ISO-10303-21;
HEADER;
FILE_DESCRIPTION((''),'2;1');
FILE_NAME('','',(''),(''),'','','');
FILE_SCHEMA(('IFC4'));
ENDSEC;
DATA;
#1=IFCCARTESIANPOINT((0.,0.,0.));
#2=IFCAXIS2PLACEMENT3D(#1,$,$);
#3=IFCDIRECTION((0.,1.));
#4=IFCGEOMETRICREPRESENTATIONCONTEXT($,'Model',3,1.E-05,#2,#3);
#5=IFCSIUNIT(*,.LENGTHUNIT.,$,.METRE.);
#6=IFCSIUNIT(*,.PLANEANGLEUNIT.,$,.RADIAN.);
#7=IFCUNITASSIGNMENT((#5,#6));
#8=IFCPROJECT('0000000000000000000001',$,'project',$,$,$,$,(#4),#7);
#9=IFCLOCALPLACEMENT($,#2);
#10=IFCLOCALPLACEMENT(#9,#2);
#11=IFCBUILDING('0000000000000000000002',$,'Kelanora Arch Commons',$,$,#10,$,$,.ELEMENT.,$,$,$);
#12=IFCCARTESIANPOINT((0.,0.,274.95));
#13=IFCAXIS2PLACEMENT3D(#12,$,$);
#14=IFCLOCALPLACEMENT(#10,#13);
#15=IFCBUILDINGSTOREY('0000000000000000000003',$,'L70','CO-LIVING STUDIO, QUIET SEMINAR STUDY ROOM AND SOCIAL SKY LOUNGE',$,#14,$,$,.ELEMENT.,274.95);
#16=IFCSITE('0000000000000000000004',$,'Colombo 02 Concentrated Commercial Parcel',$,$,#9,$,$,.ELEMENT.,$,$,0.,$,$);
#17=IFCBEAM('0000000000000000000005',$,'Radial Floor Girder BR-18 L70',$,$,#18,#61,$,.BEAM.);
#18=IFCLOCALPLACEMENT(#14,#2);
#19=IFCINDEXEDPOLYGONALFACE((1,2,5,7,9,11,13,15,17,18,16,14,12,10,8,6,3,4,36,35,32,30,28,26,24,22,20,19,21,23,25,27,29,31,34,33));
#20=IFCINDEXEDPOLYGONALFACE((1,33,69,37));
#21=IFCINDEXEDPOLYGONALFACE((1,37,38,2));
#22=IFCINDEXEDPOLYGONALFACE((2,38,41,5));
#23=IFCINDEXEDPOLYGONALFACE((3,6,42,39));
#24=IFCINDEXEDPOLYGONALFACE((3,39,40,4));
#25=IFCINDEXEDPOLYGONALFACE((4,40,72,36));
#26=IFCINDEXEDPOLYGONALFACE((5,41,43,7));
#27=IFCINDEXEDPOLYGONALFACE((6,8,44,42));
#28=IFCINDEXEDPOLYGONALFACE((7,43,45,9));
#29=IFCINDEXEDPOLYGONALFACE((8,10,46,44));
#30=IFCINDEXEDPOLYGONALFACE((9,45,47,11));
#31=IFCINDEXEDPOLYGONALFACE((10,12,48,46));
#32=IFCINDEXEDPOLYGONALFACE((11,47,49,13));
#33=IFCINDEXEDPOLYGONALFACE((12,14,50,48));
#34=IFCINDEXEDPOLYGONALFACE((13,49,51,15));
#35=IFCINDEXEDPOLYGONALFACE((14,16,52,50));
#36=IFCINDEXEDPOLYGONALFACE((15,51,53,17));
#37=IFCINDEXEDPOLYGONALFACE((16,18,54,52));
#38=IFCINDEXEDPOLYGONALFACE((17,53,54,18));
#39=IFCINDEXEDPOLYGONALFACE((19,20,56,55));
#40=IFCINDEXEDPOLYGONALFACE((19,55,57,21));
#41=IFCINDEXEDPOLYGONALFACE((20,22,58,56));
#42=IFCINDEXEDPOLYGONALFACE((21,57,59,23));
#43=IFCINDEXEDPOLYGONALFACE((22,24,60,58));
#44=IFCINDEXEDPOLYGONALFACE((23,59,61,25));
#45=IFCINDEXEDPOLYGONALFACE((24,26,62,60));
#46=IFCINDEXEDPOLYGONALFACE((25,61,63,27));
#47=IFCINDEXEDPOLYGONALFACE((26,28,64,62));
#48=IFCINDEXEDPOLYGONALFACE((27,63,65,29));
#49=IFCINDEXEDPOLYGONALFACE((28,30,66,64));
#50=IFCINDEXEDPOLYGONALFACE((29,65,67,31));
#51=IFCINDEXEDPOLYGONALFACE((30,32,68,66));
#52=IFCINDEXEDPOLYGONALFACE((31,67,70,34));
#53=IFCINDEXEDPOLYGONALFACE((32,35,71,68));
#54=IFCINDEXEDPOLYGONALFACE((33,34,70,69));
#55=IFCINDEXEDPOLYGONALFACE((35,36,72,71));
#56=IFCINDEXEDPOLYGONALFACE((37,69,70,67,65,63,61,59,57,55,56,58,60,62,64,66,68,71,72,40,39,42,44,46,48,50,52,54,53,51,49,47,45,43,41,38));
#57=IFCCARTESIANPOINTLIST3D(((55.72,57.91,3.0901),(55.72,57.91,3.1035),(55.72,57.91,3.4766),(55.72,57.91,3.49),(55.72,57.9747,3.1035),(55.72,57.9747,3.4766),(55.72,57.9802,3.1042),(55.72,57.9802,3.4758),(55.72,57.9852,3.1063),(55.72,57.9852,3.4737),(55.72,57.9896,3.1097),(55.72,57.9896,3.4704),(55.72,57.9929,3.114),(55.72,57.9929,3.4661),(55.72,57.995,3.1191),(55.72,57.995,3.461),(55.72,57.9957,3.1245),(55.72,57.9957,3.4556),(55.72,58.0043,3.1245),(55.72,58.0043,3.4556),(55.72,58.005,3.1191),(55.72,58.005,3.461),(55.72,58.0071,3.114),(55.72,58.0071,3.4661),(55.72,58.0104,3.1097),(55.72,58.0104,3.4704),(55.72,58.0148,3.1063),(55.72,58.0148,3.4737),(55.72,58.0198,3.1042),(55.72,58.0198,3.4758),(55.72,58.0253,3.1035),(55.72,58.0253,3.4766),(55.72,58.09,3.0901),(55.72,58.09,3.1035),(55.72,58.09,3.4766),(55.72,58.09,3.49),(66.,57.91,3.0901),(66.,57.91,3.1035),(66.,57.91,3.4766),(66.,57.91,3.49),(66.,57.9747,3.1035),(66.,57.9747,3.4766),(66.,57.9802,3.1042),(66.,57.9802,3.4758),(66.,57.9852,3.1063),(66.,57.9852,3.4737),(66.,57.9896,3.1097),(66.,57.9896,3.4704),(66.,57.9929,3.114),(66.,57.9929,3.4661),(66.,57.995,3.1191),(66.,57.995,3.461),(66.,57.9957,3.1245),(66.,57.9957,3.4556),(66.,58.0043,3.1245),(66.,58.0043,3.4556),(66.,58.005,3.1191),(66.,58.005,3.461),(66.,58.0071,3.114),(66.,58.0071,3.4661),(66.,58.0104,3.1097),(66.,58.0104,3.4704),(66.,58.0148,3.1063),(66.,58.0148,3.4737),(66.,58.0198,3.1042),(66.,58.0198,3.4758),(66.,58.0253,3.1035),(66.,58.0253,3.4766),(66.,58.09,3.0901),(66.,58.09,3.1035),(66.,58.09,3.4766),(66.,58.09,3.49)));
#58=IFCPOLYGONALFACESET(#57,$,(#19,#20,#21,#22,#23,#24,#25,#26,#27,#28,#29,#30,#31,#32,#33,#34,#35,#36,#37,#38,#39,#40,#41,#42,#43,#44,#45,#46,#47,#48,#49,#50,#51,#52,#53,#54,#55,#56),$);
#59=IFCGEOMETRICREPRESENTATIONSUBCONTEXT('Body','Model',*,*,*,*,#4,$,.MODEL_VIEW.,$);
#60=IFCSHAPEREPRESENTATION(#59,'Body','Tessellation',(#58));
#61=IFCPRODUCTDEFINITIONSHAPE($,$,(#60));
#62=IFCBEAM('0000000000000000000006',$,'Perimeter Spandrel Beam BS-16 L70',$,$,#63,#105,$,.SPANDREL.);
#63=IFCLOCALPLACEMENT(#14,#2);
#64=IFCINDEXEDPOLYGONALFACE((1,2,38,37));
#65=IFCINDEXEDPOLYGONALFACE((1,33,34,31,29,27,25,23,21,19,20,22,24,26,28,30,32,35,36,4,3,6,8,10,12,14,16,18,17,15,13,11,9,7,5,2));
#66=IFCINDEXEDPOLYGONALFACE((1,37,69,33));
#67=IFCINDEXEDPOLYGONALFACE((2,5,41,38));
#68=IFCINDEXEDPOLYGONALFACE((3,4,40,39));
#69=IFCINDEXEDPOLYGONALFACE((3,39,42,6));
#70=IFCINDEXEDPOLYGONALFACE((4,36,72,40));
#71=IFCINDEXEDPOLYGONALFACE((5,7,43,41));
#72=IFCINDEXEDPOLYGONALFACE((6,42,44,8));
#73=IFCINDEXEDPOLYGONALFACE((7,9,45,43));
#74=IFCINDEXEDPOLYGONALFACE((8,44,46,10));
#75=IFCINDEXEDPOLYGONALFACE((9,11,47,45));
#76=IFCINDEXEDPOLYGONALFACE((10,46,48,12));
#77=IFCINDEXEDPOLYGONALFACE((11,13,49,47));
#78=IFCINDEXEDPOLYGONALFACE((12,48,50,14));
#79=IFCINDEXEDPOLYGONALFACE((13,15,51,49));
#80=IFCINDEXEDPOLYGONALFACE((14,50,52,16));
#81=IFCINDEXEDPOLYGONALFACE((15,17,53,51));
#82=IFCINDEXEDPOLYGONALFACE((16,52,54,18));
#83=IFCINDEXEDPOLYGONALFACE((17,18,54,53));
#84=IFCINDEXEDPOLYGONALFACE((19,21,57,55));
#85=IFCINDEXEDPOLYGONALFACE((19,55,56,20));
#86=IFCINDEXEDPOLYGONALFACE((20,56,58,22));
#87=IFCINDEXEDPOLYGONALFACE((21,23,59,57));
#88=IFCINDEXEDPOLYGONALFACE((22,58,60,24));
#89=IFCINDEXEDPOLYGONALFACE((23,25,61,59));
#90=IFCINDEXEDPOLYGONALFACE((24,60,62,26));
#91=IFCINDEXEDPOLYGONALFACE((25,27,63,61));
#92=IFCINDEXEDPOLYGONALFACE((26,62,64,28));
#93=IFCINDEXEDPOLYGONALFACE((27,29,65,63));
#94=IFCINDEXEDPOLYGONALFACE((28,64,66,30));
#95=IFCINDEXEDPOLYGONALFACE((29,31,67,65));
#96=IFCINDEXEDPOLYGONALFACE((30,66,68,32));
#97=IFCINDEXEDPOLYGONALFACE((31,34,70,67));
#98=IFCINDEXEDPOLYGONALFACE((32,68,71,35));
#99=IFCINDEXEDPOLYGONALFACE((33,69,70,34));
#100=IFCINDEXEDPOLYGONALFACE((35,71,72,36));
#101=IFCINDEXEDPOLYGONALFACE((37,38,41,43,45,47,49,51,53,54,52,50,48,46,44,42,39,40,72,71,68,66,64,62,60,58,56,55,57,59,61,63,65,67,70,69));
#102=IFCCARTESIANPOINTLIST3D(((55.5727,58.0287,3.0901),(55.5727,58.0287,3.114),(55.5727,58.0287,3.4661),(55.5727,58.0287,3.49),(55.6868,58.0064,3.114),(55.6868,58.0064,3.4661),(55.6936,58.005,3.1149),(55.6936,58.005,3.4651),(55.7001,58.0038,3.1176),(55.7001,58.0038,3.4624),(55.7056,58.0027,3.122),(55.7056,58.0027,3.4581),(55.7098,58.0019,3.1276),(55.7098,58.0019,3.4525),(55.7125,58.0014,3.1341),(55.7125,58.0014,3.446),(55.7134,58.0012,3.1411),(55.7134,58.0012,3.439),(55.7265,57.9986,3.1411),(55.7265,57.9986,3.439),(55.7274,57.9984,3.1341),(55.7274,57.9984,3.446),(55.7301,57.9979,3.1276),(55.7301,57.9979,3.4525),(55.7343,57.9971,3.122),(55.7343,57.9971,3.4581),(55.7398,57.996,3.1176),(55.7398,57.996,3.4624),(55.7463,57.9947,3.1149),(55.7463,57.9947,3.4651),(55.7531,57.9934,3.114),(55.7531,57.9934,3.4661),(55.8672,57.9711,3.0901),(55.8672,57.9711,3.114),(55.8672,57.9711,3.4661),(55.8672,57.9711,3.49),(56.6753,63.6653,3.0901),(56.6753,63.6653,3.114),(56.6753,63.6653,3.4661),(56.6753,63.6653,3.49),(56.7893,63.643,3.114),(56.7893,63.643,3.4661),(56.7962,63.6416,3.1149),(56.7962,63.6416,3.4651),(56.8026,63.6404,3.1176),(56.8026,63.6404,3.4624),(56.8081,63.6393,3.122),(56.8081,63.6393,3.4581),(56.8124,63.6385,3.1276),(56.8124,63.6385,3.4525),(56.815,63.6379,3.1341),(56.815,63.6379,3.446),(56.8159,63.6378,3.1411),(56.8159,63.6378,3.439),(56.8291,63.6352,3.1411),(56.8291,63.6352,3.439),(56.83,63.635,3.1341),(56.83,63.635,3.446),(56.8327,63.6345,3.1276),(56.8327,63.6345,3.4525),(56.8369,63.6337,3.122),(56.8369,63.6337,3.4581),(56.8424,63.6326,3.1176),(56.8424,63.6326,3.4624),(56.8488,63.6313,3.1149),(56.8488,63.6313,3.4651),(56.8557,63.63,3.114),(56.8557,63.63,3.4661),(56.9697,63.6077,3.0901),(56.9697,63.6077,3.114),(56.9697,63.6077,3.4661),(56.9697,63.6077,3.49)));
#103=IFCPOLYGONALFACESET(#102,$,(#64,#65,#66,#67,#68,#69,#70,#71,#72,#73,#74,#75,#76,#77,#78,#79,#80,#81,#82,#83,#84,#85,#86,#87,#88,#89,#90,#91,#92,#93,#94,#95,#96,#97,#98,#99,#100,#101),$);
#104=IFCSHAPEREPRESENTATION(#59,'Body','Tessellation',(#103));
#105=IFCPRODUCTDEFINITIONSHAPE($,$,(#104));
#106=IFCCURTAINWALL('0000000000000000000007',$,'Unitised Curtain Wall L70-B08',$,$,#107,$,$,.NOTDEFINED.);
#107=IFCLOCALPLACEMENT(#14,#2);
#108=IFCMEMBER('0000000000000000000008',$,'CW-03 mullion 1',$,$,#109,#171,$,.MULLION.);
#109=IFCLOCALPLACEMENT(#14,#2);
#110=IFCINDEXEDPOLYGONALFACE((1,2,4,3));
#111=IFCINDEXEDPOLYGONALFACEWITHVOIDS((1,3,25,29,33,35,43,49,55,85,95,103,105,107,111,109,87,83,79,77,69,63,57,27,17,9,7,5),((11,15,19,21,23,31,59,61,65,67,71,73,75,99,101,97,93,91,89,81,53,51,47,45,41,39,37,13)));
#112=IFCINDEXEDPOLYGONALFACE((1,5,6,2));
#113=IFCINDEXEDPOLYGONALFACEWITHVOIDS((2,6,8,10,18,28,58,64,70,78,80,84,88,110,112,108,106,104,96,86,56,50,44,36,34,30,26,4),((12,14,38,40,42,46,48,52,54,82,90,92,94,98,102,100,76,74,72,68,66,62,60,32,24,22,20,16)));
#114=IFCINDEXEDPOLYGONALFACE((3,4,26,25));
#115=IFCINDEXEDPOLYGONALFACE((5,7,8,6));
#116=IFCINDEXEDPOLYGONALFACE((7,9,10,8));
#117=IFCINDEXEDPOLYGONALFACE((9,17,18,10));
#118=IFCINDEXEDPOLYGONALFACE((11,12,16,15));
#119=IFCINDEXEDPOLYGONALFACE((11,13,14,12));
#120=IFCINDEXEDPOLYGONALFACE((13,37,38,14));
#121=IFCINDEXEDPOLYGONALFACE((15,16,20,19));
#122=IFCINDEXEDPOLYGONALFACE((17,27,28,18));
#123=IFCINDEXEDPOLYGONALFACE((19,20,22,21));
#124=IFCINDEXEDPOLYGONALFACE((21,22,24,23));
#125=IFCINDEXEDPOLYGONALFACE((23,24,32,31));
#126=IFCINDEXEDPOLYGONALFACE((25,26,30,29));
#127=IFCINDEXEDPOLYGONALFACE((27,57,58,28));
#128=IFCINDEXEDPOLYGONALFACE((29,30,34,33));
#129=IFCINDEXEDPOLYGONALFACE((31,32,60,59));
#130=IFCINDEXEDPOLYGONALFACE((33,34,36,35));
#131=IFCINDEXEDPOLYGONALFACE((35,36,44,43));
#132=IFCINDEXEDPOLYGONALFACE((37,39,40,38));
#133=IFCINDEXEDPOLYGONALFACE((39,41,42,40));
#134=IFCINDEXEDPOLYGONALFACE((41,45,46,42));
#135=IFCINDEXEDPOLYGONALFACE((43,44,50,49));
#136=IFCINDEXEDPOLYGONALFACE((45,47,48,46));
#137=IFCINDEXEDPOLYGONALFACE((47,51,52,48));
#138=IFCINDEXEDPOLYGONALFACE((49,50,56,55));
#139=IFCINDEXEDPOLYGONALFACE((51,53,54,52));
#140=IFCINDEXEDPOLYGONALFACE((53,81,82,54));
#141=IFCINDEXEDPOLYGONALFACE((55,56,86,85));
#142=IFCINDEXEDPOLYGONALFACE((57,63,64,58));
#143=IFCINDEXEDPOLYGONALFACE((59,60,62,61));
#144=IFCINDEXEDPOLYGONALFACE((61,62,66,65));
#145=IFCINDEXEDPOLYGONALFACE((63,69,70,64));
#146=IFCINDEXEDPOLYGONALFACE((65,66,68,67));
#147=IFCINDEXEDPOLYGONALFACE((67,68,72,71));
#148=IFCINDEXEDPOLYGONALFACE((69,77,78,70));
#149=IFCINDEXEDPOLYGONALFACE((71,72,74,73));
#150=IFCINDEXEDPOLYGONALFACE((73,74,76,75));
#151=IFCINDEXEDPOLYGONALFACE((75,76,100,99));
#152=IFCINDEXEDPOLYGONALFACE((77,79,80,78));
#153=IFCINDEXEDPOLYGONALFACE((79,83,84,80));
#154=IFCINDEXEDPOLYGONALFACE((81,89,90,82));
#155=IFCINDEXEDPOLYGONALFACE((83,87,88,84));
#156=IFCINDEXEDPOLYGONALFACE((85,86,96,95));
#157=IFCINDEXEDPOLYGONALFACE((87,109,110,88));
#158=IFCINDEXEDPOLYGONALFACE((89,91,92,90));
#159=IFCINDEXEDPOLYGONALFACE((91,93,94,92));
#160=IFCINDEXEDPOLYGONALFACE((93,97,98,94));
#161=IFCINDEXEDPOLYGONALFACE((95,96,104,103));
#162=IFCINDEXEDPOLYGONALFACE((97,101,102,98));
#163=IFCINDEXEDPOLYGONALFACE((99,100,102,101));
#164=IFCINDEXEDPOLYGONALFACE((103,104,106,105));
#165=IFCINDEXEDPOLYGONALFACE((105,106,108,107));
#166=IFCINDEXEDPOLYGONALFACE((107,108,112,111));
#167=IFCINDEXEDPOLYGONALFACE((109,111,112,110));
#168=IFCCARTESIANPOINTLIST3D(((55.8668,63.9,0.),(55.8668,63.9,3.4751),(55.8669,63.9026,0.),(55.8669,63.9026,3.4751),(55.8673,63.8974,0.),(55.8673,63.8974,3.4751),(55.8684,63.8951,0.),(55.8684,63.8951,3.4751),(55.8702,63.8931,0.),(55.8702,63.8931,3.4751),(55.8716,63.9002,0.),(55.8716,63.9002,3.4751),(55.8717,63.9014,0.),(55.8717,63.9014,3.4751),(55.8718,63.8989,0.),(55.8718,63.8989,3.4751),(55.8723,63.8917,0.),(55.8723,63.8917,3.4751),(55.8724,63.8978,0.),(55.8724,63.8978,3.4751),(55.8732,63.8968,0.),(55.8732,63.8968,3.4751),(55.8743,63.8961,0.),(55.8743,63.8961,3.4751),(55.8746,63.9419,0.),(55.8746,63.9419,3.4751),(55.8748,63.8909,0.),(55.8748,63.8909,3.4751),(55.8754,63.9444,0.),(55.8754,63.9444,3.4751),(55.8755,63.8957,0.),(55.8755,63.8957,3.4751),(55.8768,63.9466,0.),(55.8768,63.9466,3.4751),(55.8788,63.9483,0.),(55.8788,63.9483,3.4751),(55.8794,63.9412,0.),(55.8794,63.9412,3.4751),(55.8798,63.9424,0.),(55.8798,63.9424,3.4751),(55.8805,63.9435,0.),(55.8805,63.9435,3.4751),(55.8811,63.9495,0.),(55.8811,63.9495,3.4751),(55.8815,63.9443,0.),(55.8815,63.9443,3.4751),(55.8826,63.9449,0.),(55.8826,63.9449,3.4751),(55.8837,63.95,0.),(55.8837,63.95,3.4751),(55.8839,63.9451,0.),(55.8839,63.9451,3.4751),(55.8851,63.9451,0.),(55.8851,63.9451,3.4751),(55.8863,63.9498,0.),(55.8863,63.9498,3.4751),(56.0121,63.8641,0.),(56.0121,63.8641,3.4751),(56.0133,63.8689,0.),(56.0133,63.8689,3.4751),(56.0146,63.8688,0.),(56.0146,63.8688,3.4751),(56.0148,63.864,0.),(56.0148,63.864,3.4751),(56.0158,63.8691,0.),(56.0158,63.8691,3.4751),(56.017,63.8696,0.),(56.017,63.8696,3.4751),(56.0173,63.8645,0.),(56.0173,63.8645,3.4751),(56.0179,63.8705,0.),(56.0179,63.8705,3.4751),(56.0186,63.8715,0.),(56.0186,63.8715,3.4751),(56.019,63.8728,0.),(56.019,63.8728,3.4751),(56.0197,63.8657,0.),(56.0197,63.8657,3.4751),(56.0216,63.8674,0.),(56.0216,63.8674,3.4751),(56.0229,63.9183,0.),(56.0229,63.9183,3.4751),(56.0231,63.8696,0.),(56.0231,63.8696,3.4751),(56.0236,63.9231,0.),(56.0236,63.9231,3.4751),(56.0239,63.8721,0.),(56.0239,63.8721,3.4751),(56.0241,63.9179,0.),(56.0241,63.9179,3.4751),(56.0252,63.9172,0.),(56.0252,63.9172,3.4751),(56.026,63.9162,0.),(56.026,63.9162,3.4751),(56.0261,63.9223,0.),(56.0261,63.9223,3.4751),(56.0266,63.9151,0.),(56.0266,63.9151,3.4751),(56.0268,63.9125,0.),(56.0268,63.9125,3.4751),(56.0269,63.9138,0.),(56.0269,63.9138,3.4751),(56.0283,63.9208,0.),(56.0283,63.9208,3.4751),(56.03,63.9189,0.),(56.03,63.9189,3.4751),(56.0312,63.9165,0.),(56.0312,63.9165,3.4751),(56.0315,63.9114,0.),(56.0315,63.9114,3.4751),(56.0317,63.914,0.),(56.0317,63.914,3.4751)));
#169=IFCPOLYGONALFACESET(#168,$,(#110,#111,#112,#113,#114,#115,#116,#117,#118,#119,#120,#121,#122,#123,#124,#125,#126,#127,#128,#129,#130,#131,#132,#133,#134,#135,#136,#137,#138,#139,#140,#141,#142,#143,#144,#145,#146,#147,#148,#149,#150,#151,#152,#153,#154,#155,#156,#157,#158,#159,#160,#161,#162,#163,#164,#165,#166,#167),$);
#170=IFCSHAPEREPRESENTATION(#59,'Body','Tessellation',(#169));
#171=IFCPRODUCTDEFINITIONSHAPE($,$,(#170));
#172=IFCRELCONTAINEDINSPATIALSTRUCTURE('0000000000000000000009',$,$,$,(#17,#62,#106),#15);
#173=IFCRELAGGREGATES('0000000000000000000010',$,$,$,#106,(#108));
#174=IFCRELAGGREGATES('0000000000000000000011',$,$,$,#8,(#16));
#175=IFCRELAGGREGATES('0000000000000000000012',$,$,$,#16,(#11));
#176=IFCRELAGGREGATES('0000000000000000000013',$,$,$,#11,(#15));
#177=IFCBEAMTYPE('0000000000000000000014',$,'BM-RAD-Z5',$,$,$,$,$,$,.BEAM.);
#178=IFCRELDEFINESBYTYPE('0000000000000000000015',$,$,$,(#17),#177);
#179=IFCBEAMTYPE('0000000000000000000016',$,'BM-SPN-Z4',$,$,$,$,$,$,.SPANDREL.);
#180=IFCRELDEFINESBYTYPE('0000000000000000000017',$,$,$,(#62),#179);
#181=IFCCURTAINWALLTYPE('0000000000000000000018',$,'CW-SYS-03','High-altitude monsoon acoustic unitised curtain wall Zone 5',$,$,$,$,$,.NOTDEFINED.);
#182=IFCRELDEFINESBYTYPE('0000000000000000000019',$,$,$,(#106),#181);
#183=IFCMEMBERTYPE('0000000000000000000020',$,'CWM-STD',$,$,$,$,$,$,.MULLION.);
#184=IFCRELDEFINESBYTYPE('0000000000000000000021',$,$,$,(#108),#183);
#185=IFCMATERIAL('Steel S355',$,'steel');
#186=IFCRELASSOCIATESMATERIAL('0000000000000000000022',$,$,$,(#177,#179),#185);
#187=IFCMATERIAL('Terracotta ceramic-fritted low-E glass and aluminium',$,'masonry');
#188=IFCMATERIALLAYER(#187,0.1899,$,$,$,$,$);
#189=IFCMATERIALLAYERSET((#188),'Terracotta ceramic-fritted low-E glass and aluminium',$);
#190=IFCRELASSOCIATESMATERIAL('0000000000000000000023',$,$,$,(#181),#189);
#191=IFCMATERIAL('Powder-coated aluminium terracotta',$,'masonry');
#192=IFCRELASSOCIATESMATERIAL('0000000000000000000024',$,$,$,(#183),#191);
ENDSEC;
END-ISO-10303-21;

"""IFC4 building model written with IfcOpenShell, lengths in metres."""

from ifc_helpers import new_model, si_unit, direction, frame, origin, origin_2d, place, context, subcontext, project, spatial, hollow_rectangle, i_section, extrude, material, layer, layer_set, material_profile, profile_set, type_object, element, aggregate, save


model = new_model("IFC4")

# Units and contexts
model_context = context("Model", 3, precision=1e-05, world=origin(), true_north=direction((0.0, 1.0)))
body_context = subcontext(model_context, "Body", "Model", "MODEL_VIEW")
ifc_project = project(units=[si_unit("LENGTHUNIT", "METRE"), si_unit("PLANEANGLEUNIT", "RADIAN")], contexts=[model_context])

# Site, building, storey
site_placement = place(None, origin())
site = spatial("IfcSite", under=ifc_project, at=site_placement, Name="Colombo 02 Concentrated Commercial Parcel", CompositionType="ELEMENT", RefElevation=0.0)
building_placement = place(site_placement, origin())
building = spatial("IfcBuilding", under=site, at=building_placement, Name="Kelanora Arch Commons", CompositionType="ELEMENT")
storey_placement = place(building_placement, frame((0.0, 0.0, 274.95)))
storey = spatial("IfcBuildingStorey", under=building, at=storey_placement, Name="L70", Description="CO-LIVING STUDIO, QUIET SEMINAR STUDY ROOM AND SOCIAL SKY LOUNGE", CompositionType="ELEMENT", Elevation=274.95)

# Beams
ifc_material_1 = material(Name="Steel S355", Category="steel")
ifc_material_profile_1 = material_profile(ifc_material_1, i_section(OverallWidth=0.1799, OverallDepth=0.3999, WebThickness=0.0085, FlangeThickness=0.0134, FilletRadius=0.021, at=origin_2d()), Name="IPE400")
ifc_profile_set_1 = profile_set([ifc_material_profile_1], Name="Steel S355")
beam_type_1 = type_object("IfcBeamType", Name="BM-RAD-Z5", PredefinedType="BEAM", material=ifc_profile_set_1)
beam_1_placement = place(storey_placement, frame((66.0, 58.0, 3.29), z_axis=(-1.0, 0.0, 0.0), x_axis=(0.0, -1.0, 0.0)))
element("IfcBeam", 1, at=beam_1_placement, inside=storey, type_object=beam_type_1, Name="Radial Floor Girder BR-18 L70", PredefinedType="BEAM", context=body_context, shape_type="SweptSolid", body=[
    extrude(i_section(OverallWidth=0.1799, OverallDepth=0.3999, WebThickness=0.0085, FlangeThickness=0.0134, FilletRadius=0.021, at=origin_2d()), origin(), (0.0, 0.0, 1.0), 10.28),
])
ifc_material_profile_2 = material_profile(ifc_material_1, i_section(OverallWidth=0.3, OverallDepth=0.3999, WebThickness=0.0134, FlangeThickness=0.0239, FilletRadius=0.0271, at=origin_2d()), Name="HEB400")
ifc_profile_set_2 = profile_set([ifc_material_profile_2], Name="Steel S355")
beam_type_2 = type_object("IfcBeamType", Name="BM-SPN-Z4", PredefinedType="SPANDREL", material=ifc_profile_set_2)
beam_2_placement = place(storey_placement, frame((56.8225, 63.6365, 3.29), z_axis=(-0.19197, -0.981401, 0.0), x_axis=(0.981401, -0.19197, 0.0)))
element("IfcBeam", 2, at=beam_2_placement, inside=storey, type_object=beam_type_2, Name="Perimeter Spandrel Beam BS-16 L70", PredefinedType="SPANDREL", context=body_context, shape_type="SweptSolid", body=[
    extrude(i_section(OverallWidth=0.3, OverallDepth=0.3999, WebThickness=0.0134, FlangeThickness=0.0239, FilletRadius=0.0271, at=origin_2d()), origin(), (0.0, 0.0, 1.0), 5.7434),
])

# Curtain wall, member
ifc_material_2 = material(Name="Terracotta ceramic-fritted low-E glass and aluminium", Category="masonry")
ifc_layer_1 = layer(ifc_material_2, 0.1899)
ifc_layer_set_1 = layer_set([ifc_layer_1], Name="Terracotta ceramic-fritted low-E glass and aluminium")
curtain_wall_type = type_object("IfcCurtainWallType", Name="CW-SYS-03", Description="High-altitude monsoon acoustic unitised curtain wall Zone 5", PredefinedType="NOTDEFINED", material=ifc_layer_set_1)
curtain_wall_placement = place(storey_placement, origin())
curtain_wall = element("IfcCurtainWall", 3, at=curtain_wall_placement, inside=storey, type_object=curtain_wall_type, Name="Unitised Curtain Wall L70-B08", PredefinedType="NOTDEFINED")
ifc_material_3 = material(Name="Powder-coated aluminium terracotta", Category="masonry")
ifc_material_profile_3 = material_profile(ifc_material_3, hollow_rectangle(XDim=0.1599, YDim=0.0601, WallThickness=0.0049, InnerFilletRadius=0.0049, OuterFilletRadius=0.01, at=origin_2d()), Name="CWM160x60")
ifc_profile_set_3 = profile_set([ifc_material_profile_3], Name="Powder-coated aluminium terracotta")
member_type_1 = type_object("IfcMemberType", Name="CWM-STD", PredefinedType="MULLION", material=ifc_profile_set_3)
member_1_placement = place(storey_placement, frame((55.9492, 63.907, 0.0), z_axis=(0.0, 0.0, 1.0), x_axis=(0.981596, -0.190972, 0.0)))
member_1 = element("IfcMember", 4, at=member_1_placement, type_object=member_type_1, Name="CW-03 mullion 1", PredefinedType="MULLION", context=body_context, shape_type="SweptSolid", body=[
    extrude(hollow_rectangle(XDim=0.1599, YDim=0.0601, WallThickness=0.0049, InnerFilletRadius=0.0049, OuterFilletRadius=0.01, at=origin_2d()), origin(), (0.0, 0.0, 1.0), 3.4751),
])
aggregate(curtain_wall, [member_1])

save(model, "model.ifc")
